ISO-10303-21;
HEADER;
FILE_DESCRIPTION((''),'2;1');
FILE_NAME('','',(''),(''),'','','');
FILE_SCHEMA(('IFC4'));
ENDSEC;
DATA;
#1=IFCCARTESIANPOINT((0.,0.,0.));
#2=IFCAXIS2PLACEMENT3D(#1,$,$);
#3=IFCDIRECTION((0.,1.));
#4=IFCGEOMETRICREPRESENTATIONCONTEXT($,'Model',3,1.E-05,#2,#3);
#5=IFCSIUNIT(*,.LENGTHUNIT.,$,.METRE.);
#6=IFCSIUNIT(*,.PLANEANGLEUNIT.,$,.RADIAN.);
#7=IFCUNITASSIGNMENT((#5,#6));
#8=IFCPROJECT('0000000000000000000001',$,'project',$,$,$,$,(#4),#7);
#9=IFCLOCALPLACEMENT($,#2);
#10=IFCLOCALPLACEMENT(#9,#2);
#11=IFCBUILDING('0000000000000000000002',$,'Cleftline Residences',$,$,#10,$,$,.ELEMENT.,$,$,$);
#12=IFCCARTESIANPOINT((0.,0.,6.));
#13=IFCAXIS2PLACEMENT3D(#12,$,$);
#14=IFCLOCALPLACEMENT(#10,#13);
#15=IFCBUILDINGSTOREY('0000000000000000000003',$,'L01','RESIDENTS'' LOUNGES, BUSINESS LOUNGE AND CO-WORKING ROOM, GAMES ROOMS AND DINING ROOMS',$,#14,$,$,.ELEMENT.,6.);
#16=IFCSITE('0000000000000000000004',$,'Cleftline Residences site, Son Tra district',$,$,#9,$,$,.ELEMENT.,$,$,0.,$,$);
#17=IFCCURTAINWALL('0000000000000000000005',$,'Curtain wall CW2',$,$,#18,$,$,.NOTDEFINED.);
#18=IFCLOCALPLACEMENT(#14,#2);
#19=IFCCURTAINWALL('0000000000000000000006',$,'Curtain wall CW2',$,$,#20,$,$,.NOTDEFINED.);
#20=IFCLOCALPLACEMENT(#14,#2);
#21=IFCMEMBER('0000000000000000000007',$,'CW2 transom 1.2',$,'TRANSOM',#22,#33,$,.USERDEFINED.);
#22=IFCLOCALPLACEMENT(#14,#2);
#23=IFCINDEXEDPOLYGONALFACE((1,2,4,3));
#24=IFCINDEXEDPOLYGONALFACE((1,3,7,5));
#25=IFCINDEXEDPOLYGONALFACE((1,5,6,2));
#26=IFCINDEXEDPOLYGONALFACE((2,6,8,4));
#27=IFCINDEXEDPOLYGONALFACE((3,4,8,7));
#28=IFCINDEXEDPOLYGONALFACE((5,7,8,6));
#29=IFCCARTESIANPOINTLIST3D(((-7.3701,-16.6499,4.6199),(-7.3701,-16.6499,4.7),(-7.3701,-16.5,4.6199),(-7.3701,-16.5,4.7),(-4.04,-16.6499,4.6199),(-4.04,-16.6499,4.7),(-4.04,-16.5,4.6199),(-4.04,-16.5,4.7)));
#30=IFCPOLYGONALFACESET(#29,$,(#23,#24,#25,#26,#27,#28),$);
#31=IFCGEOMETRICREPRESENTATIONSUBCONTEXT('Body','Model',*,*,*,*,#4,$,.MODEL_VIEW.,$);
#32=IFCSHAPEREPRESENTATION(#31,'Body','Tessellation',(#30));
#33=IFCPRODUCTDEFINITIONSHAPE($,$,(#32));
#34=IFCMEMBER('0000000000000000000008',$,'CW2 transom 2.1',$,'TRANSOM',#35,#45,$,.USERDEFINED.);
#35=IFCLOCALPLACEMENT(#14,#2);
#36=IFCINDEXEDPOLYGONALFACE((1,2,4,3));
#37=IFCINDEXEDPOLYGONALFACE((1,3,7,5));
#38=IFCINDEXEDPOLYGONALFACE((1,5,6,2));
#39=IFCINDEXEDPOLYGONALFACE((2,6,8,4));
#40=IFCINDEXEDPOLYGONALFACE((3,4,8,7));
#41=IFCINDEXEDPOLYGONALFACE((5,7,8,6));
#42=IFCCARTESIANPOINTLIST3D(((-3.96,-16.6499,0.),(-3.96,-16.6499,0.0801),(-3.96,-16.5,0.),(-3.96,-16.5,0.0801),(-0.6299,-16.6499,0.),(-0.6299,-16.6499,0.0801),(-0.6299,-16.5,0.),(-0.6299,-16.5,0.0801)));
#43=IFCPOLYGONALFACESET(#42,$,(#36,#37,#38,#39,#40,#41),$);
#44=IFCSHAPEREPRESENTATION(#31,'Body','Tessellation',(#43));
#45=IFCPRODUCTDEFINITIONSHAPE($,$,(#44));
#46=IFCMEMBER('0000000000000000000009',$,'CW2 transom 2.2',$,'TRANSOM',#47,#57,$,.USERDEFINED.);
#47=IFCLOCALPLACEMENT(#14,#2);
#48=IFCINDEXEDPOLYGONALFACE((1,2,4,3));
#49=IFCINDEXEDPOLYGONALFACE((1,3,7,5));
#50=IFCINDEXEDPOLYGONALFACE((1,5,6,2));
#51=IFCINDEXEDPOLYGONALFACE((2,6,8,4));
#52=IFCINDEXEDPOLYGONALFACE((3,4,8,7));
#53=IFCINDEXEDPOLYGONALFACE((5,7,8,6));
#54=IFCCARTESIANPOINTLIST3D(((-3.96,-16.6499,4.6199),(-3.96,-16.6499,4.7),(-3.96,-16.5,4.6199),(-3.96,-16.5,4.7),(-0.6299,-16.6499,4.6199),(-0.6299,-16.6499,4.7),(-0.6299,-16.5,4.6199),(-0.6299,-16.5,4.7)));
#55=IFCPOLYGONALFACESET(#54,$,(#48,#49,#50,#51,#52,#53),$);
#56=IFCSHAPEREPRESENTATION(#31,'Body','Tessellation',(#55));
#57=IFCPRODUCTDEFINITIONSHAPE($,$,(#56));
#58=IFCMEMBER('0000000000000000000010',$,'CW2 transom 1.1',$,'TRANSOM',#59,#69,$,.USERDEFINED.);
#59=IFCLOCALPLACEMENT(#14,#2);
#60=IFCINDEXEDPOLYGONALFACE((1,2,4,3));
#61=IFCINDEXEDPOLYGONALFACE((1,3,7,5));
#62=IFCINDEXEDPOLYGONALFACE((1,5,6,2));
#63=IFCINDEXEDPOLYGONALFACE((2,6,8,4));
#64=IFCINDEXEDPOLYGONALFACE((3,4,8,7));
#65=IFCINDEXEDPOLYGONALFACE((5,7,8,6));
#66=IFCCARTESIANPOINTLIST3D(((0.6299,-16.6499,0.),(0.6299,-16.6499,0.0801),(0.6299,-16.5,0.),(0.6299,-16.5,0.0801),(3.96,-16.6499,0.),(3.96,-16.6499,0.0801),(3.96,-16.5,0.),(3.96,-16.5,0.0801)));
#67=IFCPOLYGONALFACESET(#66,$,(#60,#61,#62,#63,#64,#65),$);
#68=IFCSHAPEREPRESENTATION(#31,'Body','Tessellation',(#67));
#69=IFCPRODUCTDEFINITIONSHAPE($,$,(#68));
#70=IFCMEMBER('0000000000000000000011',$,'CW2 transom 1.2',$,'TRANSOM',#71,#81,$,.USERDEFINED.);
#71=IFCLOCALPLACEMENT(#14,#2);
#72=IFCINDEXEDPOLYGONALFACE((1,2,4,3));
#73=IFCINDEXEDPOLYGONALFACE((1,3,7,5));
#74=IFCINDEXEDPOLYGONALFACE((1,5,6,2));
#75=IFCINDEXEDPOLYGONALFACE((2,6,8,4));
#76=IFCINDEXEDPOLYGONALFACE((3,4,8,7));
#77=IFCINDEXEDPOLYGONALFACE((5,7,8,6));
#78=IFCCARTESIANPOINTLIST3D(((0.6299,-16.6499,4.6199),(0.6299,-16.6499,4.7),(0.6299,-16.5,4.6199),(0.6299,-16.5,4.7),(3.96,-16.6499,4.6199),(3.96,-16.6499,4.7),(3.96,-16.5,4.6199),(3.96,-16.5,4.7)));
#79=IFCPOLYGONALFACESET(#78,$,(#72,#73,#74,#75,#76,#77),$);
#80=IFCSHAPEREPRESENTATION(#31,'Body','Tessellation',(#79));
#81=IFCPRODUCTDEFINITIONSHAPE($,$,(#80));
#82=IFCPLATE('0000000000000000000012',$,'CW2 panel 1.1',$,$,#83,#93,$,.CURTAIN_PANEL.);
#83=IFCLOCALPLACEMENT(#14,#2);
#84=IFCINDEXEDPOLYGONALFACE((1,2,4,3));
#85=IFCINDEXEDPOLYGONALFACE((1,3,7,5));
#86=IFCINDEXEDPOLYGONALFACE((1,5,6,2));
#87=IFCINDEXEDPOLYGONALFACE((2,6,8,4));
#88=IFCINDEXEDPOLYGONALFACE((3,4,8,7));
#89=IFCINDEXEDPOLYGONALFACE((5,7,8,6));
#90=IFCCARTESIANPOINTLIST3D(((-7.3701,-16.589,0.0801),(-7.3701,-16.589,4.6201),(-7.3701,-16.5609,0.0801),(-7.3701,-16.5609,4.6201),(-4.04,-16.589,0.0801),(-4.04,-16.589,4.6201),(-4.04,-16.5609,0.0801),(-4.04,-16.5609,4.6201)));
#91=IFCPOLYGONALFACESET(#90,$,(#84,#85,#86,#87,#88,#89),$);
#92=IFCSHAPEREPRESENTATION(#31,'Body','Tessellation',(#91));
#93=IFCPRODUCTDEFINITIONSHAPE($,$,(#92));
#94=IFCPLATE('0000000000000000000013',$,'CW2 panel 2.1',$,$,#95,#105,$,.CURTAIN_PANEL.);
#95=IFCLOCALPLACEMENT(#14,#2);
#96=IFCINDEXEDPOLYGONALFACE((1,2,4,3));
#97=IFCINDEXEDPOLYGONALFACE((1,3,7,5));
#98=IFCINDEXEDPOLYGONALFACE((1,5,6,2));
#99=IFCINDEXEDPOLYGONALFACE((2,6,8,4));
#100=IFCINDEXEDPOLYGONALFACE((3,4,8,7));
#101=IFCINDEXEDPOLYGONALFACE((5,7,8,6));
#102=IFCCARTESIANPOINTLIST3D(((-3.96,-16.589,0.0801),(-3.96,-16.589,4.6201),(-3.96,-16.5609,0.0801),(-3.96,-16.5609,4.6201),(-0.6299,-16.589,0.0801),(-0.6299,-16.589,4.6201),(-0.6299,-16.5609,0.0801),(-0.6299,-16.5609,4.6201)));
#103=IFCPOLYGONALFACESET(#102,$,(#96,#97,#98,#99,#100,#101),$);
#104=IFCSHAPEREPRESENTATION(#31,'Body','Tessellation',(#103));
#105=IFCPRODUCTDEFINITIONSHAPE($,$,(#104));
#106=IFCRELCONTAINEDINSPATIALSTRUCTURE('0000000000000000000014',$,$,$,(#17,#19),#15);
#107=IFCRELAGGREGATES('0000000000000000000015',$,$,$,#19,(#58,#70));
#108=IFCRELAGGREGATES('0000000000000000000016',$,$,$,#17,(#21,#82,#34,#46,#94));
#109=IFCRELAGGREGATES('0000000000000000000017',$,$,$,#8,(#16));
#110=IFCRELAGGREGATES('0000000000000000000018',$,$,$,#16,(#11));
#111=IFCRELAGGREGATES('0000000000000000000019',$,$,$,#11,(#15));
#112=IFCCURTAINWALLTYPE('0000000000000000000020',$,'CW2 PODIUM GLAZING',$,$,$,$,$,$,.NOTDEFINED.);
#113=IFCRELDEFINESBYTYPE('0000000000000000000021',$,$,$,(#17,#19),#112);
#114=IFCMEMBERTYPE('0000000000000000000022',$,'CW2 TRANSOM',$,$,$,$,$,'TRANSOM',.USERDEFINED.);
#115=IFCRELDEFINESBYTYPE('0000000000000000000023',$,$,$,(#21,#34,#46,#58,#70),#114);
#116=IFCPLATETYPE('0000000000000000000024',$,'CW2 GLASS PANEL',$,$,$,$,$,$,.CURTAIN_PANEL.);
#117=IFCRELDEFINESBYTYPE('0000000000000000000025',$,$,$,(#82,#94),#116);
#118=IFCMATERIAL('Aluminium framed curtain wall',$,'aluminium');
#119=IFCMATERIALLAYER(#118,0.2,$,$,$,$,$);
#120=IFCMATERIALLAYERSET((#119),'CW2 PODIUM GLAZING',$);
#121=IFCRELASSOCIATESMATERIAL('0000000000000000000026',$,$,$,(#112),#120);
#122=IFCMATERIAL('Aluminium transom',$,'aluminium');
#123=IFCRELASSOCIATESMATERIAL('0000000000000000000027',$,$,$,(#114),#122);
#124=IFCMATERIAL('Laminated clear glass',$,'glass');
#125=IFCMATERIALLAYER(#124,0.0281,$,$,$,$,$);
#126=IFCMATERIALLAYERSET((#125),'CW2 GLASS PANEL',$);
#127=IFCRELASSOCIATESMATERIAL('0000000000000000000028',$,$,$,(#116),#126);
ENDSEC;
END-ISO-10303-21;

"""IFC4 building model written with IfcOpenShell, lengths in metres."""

from ifc_helpers import new_model, si_unit, direction, frame, origin, origin_2d, place, context, subcontext, project, spatial, rectangle, extrude, material, layer, layer_set, material_profile, profile_set, type_object, element, aggregate, save


model = new_model("IFC4")

# Units and contexts
model_context = context("Model", 3, precision=1e-05, world=origin(), true_north=direction((0.0, 1.0)))
body_context = subcontext(model_context, "Body", "Model", "MODEL_VIEW")
ifc_project = project(units=[si_unit("LENGTHUNIT", "METRE"), si_unit("PLANEANGLEUNIT", "RADIAN")], contexts=[model_context])

# Site, building, storey
site_placement = place(None, origin())
site = spatial("IfcSite", under=ifc_project, at=site_placement, Name="Cleftline Residences site, Son Tra district", CompositionType="ELEMENT", RefElevation=0.0)
building_placement = place(site_placement, origin())
building = spatial("IfcBuilding", under=site, at=building_placement, Name="Cleftline Residences", CompositionType="ELEMENT")
storey_placement = place(building_placement, frame((0.0, 0.0, 6.0)))
storey = spatial("IfcBuildingStorey", under=building, at=storey_placement, Name="L01", Description="RESIDENTS' LOUNGES, BUSINESS LOUNGE AND CO-WORKING ROOM, GAMES ROOMS AND DINING ROOMS", CompositionType="ELEMENT", Elevation=6.0)

# Curtain wall
ifc_material_1 = material(Name="Aluminium framed curtain wall", Category="aluminium")
ifc_layer_1 = layer(ifc_material_1, 0.2)
ifc_layer_set_1 = layer_set([ifc_layer_1], Name="CW2 PODIUM GLAZING")
curtain_wall_type = type_object("IfcCurtainWallType", Name="CW2 PODIUM GLAZING", PredefinedType="NOTDEFINED", material=ifc_layer_set_1)
curtain_wall_1_placement = place(storey_placement, origin())
curtain_wall_1 = element("IfcCurtainWall", 1, at=curtain_wall_1_placement, inside=storey, type_object=curtain_wall_type, Name="Curtain wall CW2", PredefinedType="NOTDEFINED")

# Curtain wall
curtain_wall_2_placement = place(storey_placement, origin())
curtain_wall_2 = element("IfcCurtainWall", 2, at=curtain_wall_2_placement, inside=storey, type_object=curtain_wall_type, Name="Curtain wall CW2", PredefinedType="NOTDEFINED")

# Members
ifc_material_2 = material(Name="Aluminium transom", Category="aluminium")
ifc_material_profile_1 = material_profile(ifc_material_2, rectangle(XDim=0.1499, YDim=0.0801, at=origin_2d()))
ifc_profile_set_1 = profile_set([ifc_material_profile_1], Name="Aluminium transom")
member_type_1 = type_object("IfcMemberType", Name="CW2 TRANSOM", ElementType="TRANSOM", PredefinedType="USERDEFINED", material=ifc_profile_set_1)
member_1_placement = place(storey_placement, frame((-7.3701, -16.575, 4.6599), z_axis=(1.0, 0.0, 0.0), x_axis=(0.0, 1.0, 0.0)))
member_1 = element("IfcMember", 3, at=member_1_placement, type_object=member_type_1, Name="CW2 transom 1.2", ObjectType="TRANSOM", PredefinedType="USERDEFINED", context=body_context, shape_type="SweptSolid", body=[
    extrude(rectangle(XDim=0.1499, YDim=0.0801, at=origin_2d()), origin(), (0.0, 0.0, 1.0), 3.3301),
])
member_2_placement = place(storey_placement, frame((-3.96, -16.575, 0.04), z_axis=(1.0, 0.0, 0.0), x_axis=(0.0, 1.0, 0.0)))
member_2 = element("IfcMember", 4, at=member_2_placement, type_object=member_type_1, Name="CW2 transom 2.1", ObjectType="TRANSOM", PredefinedType="USERDEFINED", context=body_context, shape_type="SweptSolid", body=[
    extrude(rectangle(XDim=0.1499, YDim=0.0801, at=origin_2d()), origin(), (0.0, 0.0, 1.0), 3.3301),
])
member_3_placement = place(storey_placement, frame((-3.96, -16.575, 4.6599), z_axis=(1.0, 0.0, 0.0), x_axis=(0.0, 1.0, 0.0)))
member_3 = element("IfcMember", 5, at=member_3_placement, type_object=member_type_1, Name="CW2 transom 2.2", ObjectType="TRANSOM", PredefinedType="USERDEFINED", context=body_context, shape_type="SweptSolid", body=[
    extrude(rectangle(XDim=0.1499, YDim=0.0801, at=origin_2d()), origin(), (0.0, 0.0, 1.0), 3.3301),
])
member_4_placement = place(storey_placement, frame((0.6299, -16.575, 0.04), z_axis=(1.0, 0.0, 0.0), x_axis=(0.0, 1.0, 0.0)))
member_4 = element("IfcMember", 6, at=member_4_placement, type_object=member_type_1, Name="CW2 transom 1.1", ObjectType="TRANSOM", PredefinedType="USERDEFINED", context=body_context, shape_type="SweptSolid", body=[
    extrude(rectangle(XDim=0.1499, YDim=0.0801, at=origin_2d()), origin(), (0.0, 0.0, 1.0), 3.3301),
])
member_5_placement = place(storey_placement, frame((0.6299, -16.575, 4.6599), z_axis=(1.0, 0.0, 0.0), x_axis=(0.0, 1.0, 0.0)))
member_5 = element("IfcMember", 7, at=member_5_placement, type_object=member_type_1, Name="CW2 transom 1.2", ObjectType="TRANSOM", PredefinedType="USERDEFINED", context=body_context, shape_type="SweptSolid", body=[
    extrude(rectangle(XDim=0.1499, YDim=0.0801, at=origin_2d()), origin(), (0.0, 0.0, 1.0), 3.3301),
])
aggregate(curtain_wall_2, [member_4, member_5])

# Plates
ifc_material_3 = material(Name="Laminated clear glass", Category="glass")
ifc_layer_2 = layer(ifc_material_3, 0.0281)
ifc_layer_set_2 = layer_set([ifc_layer_2], Name="CW2 GLASS PANEL")
plate_type = type_object("IfcPlateType", Name="CW2 GLASS PANEL", PredefinedType="CURTAIN_PANEL", material=ifc_layer_set_2)
plate_1_placement = place(storey_placement, frame((-5.7051, -16.575, 0.0801), z_axis=(0.0, 0.0, 1.0), x_axis=(1.0, 0.0, 0.0)))
plate_1 = element("IfcPlate", 8, at=plate_1_placement, type_object=plate_type, Name="CW2 panel 1.1", PredefinedType="CURTAIN_PANEL", context=body_context, shape_type="SweptSolid", body=[
    extrude(rectangle(XDim=3.3301, YDim=0.0281, at=origin_2d()), origin(), (0.0, 0.0, 1.0), 4.54),
])
plate_2_placement = place(storey_placement, frame((-2.2949, -16.575, 0.0801), z_axis=(0.0, 0.0, 1.0), x_axis=(1.0, 0.0, 0.0)))
plate_2 = element("IfcPlate", 9, at=plate_2_placement, type_object=plate_type, Name="CW2 panel 2.1", PredefinedType="CURTAIN_PANEL", context=body_context, shape_type="SweptSolid", body=[
    extrude(rectangle(XDim=3.3301, YDim=0.0281, at=origin_2d()), origin(), (0.0, 0.0, 1.0), 4.54),
])
aggregate(curtain_wall_1, [member_1, plate_1, member_2, member_3, plate_2])

save(model, "model.ifc")
